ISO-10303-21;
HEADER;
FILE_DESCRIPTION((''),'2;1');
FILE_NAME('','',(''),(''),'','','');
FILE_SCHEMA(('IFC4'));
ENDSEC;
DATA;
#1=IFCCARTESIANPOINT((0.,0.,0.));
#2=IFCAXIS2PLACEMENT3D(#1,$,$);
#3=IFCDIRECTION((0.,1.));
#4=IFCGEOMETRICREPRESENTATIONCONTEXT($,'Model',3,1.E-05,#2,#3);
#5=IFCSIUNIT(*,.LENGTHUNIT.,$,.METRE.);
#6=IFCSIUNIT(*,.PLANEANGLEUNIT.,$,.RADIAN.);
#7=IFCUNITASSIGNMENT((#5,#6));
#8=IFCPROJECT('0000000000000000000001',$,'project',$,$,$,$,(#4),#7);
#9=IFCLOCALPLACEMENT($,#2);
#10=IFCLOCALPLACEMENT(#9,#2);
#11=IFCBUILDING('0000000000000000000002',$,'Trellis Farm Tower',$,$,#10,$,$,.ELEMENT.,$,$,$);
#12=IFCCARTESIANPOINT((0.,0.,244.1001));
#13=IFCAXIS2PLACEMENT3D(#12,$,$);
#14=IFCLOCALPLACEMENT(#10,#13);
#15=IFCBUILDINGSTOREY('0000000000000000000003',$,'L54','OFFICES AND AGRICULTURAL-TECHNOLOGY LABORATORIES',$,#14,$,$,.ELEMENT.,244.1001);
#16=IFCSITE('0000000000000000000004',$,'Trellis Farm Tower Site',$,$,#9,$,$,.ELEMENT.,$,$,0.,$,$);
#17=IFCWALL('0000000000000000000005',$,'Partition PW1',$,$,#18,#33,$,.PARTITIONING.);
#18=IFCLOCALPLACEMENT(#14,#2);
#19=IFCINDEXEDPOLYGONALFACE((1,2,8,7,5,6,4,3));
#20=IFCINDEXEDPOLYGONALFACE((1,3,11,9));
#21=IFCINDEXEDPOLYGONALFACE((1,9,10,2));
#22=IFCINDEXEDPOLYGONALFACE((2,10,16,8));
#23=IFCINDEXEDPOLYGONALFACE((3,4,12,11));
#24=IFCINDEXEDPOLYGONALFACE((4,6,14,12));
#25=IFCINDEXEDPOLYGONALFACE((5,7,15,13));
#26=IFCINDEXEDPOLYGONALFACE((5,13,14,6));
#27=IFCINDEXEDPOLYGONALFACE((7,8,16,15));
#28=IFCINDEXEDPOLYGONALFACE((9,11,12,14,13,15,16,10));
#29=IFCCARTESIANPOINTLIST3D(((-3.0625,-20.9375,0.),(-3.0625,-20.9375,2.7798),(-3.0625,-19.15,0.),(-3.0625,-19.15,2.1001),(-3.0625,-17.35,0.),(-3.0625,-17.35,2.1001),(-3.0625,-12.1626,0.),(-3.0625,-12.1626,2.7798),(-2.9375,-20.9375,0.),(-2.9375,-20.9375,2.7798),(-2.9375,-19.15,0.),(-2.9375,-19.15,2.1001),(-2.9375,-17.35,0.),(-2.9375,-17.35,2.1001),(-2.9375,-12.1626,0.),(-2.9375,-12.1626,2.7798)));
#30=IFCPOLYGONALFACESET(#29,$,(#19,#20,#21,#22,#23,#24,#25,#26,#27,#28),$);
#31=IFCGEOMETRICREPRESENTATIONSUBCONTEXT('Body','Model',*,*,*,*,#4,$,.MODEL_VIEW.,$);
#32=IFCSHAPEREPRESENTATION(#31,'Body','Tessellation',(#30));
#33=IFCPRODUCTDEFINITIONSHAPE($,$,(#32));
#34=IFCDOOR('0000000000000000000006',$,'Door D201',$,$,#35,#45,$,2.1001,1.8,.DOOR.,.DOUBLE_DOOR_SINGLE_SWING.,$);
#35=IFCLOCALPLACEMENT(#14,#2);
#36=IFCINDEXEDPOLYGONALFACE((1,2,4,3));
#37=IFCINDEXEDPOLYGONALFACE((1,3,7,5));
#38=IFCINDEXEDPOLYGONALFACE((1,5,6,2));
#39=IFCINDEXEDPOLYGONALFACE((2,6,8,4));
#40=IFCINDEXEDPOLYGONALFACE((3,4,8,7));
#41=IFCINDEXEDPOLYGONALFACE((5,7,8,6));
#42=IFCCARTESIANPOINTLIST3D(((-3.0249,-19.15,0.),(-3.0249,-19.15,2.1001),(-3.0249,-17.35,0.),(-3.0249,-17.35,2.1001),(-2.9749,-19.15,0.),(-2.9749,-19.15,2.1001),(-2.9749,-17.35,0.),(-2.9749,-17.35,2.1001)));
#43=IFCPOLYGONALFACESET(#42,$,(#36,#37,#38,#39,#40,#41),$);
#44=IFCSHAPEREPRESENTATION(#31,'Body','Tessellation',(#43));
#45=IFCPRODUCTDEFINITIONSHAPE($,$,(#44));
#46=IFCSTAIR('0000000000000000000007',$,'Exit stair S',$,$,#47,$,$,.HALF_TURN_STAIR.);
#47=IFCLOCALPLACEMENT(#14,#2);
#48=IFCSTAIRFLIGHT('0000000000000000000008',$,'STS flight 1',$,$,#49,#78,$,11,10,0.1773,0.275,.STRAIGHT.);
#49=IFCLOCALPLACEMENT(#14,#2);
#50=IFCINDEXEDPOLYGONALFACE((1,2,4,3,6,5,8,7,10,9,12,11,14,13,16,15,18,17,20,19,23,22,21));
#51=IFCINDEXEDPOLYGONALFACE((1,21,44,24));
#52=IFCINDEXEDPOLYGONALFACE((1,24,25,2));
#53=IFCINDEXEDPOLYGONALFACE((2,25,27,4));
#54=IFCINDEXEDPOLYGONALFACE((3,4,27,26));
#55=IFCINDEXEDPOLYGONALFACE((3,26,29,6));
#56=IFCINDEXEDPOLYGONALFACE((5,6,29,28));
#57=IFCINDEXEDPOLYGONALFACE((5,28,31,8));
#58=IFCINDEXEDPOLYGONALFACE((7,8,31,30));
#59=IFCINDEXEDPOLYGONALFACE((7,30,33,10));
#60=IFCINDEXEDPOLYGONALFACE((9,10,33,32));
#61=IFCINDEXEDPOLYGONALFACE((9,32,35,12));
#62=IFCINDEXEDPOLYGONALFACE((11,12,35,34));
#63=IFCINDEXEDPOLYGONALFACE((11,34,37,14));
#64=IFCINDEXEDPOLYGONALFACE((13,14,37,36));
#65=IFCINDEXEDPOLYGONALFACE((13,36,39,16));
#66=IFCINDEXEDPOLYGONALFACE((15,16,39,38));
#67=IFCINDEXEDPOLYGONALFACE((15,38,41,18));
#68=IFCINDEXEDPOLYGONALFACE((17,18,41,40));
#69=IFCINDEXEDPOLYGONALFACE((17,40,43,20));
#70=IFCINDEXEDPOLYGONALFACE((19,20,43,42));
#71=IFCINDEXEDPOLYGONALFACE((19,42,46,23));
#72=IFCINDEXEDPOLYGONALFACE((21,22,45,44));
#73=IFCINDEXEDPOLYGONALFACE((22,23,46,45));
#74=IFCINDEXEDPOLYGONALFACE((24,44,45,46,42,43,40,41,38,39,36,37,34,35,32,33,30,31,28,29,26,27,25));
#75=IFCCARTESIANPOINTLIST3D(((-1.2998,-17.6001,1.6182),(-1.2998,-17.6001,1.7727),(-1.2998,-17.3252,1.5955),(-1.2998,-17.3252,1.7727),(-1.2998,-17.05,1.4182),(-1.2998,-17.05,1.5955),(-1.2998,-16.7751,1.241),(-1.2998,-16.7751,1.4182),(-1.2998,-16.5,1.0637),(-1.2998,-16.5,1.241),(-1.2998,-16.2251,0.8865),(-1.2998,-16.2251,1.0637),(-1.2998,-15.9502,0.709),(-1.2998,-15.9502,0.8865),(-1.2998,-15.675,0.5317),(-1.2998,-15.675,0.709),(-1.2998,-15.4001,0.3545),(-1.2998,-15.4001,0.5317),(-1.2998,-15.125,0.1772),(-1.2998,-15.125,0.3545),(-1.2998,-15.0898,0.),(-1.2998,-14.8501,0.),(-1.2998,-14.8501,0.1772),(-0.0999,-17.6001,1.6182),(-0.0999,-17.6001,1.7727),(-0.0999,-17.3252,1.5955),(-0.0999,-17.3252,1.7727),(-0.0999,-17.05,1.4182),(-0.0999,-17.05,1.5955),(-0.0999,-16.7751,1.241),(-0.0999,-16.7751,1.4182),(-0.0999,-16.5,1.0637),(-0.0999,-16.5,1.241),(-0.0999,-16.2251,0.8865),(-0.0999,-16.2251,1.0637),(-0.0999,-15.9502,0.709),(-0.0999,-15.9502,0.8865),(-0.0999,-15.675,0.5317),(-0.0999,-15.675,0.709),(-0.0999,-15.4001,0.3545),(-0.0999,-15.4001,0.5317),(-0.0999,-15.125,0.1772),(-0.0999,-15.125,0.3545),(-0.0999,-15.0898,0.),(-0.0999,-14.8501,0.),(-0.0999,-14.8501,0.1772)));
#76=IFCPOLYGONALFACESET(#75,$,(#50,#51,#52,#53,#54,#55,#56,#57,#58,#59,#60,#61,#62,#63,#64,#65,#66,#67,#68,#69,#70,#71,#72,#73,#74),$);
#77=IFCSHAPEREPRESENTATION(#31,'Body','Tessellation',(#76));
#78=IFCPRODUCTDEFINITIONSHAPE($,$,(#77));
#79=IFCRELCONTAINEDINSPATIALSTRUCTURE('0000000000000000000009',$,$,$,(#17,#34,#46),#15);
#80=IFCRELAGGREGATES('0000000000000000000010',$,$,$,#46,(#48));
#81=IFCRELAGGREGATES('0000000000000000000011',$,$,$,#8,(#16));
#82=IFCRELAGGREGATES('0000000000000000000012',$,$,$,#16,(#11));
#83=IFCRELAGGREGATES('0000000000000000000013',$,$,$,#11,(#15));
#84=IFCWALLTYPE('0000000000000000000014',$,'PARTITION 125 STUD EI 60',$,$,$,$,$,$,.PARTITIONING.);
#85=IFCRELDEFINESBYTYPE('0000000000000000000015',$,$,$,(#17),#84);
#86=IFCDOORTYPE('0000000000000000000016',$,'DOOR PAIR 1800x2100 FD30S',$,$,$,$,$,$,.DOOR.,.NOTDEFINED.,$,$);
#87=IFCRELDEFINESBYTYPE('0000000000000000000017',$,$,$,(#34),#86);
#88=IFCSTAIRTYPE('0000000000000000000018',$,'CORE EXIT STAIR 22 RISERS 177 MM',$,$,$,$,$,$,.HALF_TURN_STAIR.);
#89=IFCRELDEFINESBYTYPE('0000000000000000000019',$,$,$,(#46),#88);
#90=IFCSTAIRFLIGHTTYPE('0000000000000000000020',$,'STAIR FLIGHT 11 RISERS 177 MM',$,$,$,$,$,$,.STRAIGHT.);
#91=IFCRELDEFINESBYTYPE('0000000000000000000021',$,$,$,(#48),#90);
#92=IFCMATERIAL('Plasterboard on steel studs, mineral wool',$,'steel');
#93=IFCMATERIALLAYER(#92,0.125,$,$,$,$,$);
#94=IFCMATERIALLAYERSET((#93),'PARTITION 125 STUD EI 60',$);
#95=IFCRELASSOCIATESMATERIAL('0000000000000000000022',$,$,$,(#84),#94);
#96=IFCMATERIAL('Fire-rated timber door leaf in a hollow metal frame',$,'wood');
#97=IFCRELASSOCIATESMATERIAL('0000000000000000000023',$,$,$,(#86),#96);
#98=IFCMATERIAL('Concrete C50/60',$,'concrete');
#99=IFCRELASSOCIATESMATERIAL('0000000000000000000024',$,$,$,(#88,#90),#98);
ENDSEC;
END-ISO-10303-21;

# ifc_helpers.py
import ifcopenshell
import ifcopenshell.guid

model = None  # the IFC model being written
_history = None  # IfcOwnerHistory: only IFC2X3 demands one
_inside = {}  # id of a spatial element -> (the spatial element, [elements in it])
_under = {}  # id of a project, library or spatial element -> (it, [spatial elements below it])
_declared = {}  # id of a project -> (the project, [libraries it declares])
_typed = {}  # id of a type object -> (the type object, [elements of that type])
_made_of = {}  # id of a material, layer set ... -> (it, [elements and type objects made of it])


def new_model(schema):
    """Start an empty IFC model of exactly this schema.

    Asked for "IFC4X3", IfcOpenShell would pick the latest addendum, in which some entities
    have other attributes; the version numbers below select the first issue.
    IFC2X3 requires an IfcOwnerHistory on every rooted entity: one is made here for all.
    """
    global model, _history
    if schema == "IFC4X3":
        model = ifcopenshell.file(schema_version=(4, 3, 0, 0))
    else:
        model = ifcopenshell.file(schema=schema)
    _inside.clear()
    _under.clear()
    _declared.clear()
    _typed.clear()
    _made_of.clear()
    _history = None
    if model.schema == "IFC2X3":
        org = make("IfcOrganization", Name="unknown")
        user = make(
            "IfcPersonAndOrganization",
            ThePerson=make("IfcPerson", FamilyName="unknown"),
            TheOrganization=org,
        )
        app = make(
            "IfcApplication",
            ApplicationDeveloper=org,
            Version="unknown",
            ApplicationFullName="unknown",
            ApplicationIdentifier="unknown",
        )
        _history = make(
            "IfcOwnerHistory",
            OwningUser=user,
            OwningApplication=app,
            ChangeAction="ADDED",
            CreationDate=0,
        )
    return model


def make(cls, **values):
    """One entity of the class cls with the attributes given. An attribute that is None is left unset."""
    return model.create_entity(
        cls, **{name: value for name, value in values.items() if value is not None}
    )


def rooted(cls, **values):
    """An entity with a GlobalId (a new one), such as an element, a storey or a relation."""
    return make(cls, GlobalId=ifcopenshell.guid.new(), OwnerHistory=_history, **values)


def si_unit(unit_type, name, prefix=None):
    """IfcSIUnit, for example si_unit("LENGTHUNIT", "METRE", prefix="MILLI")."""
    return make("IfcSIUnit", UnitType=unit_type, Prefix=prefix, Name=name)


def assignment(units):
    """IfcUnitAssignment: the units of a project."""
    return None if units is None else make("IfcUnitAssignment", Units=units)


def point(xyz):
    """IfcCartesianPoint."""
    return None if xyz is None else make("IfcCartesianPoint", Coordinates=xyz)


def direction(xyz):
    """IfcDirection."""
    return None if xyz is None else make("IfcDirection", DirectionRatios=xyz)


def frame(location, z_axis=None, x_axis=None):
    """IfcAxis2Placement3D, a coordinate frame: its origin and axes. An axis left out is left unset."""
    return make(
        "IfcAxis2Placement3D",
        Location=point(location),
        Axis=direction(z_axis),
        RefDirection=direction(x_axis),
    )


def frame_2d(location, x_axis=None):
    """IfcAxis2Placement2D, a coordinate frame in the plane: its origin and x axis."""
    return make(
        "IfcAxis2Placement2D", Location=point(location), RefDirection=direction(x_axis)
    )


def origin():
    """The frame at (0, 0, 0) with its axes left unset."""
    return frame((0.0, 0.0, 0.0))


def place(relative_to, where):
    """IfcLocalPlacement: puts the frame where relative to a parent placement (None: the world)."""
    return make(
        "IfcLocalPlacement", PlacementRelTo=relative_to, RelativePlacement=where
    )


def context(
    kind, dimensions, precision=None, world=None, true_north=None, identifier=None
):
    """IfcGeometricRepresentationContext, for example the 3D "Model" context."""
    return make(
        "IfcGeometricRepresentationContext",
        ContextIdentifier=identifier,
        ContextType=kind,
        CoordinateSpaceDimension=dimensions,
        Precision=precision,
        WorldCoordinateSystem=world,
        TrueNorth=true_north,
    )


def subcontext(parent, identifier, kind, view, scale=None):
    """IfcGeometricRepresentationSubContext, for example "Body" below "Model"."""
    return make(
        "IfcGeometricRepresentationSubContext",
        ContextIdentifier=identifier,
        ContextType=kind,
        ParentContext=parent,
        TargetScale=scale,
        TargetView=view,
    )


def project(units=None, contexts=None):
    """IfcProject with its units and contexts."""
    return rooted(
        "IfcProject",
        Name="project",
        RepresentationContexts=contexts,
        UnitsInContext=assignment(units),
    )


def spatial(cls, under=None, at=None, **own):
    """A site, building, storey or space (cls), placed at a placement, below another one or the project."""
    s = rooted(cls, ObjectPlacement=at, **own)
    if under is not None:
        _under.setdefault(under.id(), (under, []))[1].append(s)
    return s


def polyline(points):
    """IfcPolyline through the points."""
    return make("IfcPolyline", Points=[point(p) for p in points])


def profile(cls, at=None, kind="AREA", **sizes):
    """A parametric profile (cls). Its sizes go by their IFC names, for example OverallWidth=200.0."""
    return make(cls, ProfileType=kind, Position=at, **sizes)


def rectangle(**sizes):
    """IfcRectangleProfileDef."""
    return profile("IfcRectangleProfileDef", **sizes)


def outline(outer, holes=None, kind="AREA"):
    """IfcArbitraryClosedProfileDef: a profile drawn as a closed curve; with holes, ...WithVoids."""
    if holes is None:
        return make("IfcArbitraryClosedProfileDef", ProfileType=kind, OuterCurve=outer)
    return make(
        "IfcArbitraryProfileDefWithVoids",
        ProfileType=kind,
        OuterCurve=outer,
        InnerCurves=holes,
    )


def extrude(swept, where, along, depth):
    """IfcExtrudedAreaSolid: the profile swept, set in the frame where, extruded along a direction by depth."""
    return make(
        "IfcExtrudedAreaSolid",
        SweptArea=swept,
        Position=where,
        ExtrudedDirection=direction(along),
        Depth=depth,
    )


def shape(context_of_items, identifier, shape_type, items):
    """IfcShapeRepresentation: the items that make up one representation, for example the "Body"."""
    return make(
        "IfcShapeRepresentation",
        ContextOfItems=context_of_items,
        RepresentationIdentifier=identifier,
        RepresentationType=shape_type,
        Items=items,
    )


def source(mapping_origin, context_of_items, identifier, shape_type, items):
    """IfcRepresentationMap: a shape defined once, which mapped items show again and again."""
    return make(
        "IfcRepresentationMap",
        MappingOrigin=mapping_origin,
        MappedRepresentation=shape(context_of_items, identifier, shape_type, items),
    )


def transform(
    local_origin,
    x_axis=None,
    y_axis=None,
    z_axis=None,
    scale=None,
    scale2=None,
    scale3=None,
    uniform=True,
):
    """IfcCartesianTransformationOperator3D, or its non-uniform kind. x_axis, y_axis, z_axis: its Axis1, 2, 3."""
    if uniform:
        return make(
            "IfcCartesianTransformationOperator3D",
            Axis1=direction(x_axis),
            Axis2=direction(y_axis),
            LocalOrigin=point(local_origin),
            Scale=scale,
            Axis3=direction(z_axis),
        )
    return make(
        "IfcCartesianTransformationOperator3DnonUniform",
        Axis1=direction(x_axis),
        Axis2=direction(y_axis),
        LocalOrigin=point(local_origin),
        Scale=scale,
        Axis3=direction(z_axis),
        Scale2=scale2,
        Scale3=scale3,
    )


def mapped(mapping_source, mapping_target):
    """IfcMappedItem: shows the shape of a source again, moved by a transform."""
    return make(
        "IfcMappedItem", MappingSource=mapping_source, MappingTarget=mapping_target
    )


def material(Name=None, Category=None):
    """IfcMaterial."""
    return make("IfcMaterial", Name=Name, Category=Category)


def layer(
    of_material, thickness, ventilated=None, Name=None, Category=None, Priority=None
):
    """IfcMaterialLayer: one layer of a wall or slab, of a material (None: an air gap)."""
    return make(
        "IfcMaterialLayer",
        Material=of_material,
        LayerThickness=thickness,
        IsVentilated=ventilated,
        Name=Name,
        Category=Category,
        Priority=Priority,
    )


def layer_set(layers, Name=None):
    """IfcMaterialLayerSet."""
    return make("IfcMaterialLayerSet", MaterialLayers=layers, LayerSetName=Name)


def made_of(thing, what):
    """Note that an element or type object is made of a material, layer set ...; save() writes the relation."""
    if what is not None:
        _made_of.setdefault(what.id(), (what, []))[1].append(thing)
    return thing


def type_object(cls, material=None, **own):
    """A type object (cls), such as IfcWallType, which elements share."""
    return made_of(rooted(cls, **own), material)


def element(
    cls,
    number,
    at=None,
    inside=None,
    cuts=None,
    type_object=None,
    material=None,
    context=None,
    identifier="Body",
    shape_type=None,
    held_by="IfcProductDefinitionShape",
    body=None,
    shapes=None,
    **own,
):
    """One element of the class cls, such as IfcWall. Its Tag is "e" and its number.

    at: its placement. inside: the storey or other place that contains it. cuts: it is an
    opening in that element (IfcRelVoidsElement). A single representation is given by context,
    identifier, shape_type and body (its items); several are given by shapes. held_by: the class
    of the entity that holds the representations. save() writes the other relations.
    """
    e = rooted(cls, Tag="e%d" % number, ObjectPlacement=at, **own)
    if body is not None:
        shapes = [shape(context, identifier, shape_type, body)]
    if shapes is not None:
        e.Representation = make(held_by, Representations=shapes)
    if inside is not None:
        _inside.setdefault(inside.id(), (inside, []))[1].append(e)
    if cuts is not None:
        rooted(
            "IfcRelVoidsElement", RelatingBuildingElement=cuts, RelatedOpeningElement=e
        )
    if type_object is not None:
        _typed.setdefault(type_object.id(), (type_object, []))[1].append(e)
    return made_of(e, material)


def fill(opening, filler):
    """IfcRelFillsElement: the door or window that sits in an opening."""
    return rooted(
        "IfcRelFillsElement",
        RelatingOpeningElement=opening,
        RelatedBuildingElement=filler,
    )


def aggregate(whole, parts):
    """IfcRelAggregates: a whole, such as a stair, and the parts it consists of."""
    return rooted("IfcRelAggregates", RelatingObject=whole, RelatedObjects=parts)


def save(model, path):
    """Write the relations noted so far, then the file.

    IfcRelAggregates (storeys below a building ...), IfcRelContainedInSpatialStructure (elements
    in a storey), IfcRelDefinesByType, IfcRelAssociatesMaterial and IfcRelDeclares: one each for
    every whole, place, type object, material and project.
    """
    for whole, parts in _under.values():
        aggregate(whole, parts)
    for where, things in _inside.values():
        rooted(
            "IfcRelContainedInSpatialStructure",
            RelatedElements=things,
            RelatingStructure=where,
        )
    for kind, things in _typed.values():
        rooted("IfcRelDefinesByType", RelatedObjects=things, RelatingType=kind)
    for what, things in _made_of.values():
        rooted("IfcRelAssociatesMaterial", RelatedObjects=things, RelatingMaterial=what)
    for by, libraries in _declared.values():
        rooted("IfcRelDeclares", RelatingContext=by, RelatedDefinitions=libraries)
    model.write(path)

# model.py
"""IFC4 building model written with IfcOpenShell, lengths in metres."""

from ifc_helpers import new_model, si_unit, direction, frame, frame_2d, origin, place, context, subcontext, project, spatial, polyline, rectangle, outline, extrude, source, transform, mapped, material, layer, layer_set, type_object, element, fill, aggregate, save


model = new_model("IFC4")

# Units and contexts
model_context = context("Model", 3, precision=1e-05, world=origin(), true_north=direction((0.0, 1.0)))
body_context = subcontext(model_context, "Body", "Model", "MODEL_VIEW")
ifc_project = project(units=[si_unit("LENGTHUNIT", "METRE"), si_unit("PLANEANGLEUNIT", "RADIAN")], contexts=[model_context])

# Site, building, storey
site_placement = place(None, origin())
site = spatial("IfcSite", under=ifc_project, at=site_placement, Name="Trellis Farm Tower Site", CompositionType="ELEMENT", RefElevation=0.0)
building_placement = place(site_placement, origin())
building = spatial("IfcBuilding", under=site, at=building_placement, Name="Trellis Farm Tower", CompositionType="ELEMENT")
storey_placement = place(building_placement, frame((0.0, 0.0, 244.1001)))
storey = spatial("IfcBuildingStorey", under=building, at=storey_placement, Name="L54", Description="OFFICES AND AGRICULTURAL-TECHNOLOGY LABORATORIES", CompositionType="ELEMENT", Elevation=244.1001)

# Shared definitions
placement = place(storey_placement, origin())

# Shared definitions
ifc_material_1 = material(Name="Plasterboard on steel studs, mineral wool", Category="steel")
ifc_layer_1 = layer(ifc_material_1, 0.125)
ifc_layer_set_1 = layer_set([ifc_layer_1], Name="PARTITION 125 STUD EI 60")
wall_type_1 = type_object("IfcWallType", Name="PARTITION 125 STUD EI 60", PredefinedType="PARTITIONING", material=ifc_layer_set_1)

# Wall, opening, door
shared_shape_1 = source(origin(), body_context, "Body", "SweptSolid", [
    extrude(rectangle(XDim=8.7749, YDim=0.125, at=frame_2d((4.3875, 0.0))), origin(), (0.0, 0.0, 1.0), 2.7798),
])
wall_1_placement = place(storey_placement, frame((-3.0, -20.9375, 0.0), z_axis=(0.0, 0.0, 1.0), x_axis=(0.0, 1.0, 0.0)))
wall_1 = element("IfcWall", 1, at=wall_1_placement, inside=storey, type_object=wall_type_1, Name="Partition PW1", PredefinedType="PARTITIONING", context=body_context, shape_type="MappedRepresentation", body=[
    mapped(shared_shape_1, transform((0.0, 0.0, 0.0))),
])
shared_shape_2 = source(origin(), body_context, "Body", "SweptSolid", [
    extrude(rectangle(XDim=1.8, YDim=2.1001, at=frame_2d((0.8999, 1.05))), frame((0.0, 0.0725, 0.0), z_axis=(0.0, -1.0, 0.0), x_axis=(1.0, 0.0, 0.0)), (0.0, 0.0, 1.0), 0.145),
])
opening_1_placement = place(wall_1_placement, frame((1.7876, 0.0, 0.0)))
opening_1 = element("IfcOpeningElement", 2, at=opening_1_placement, cuts=wall_1, PredefinedType="OPENING", context=body_context, shape_type="MappedRepresentation", body=[
    mapped(shared_shape_2, transform((0.0, 0.0, 0.0))),
])
ifc_material_2 = material(Name="Fire-rated timber door leaf in a hollow metal frame", Category="wood")
door_type_1 = type_object("IfcDoorType", Name="DOOR PAIR 1800x2100 FD30S", OperationType="NOTDEFINED", PredefinedType="DOOR", material=ifc_material_2)
shared_shape_3 = source(origin(), body_context, "Body", "SweptSolid", [
    extrude(rectangle(XDim=1.8, YDim=2.1001, at=frame_2d((0.8999, 1.05))), frame((0.0, 0.0249, 0.0), z_axis=(0.0, -1.0, 0.0), x_axis=(1.0, 0.0, 0.0)), (0.0, 0.0, 1.0), 0.05),
])
door_1_placement = place(opening_1_placement, origin())
door_1 = element("IfcDoor", 3, at=door_1_placement, inside=storey, type_object=door_type_1, Name="Door D201", OperationType="DOUBLE_DOOR_SINGLE_SWING", OverallHeight=2.1001, OverallWidth=1.8, PredefinedType="DOOR", context=body_context, shape_type="MappedRepresentation", body=[
    mapped(shared_shape_3, transform((0.0, 0.0, 0.0))),
])
fill(opening_1, door_1)

# Stair, stair flight
ifc_material_3 = material(Name="Concrete C50/60", Category="concrete")
stair_type = type_object("IfcStairType", Name="CORE EXIT STAIR 22 RISERS 177 MM", PredefinedType="HALF_TURN_STAIR", material=ifc_material_3)
stair = element("IfcStair", 4, at=placement, inside=storey, type_object=stair_type, Name="Exit stair S", PredefinedType="HALF_TURN_STAIR")
stair_flight_type = type_object("IfcStairFlightType", Name="STAIR FLIGHT 11 RISERS 177 MM", PredefinedType="STRAIGHT", material=ifc_material_3)
shared_shape_4 = source(origin(), body_context, "Body", "SweptSolid", [
    extrude(outline(polyline([(0.0, 0.0), (0.0, 0.1772), (0.2749, 0.1772), (0.2749, 0.3545), (0.55, 0.3545), (0.55, 0.5317), (0.825, 0.5317), (0.825, 0.709), (1.1001, 0.709), (1.1001, 0.8865), (1.375, 0.8865), (1.375, 1.0637), (1.6499, 1.0637), (1.6499, 1.241), (1.925, 1.241), (1.925, 1.4182), (2.2, 1.4182), (2.2, 1.5955), (2.4751, 1.5955), (2.4751, 1.7727), (2.75, 1.7727), (2.75, 1.95), (2.75, 1.6182), (0.2397, 0.0), (0.0, 0.0)])), frame((0.0, 0.6001, 0.0), z_axis=(0.0, -1.0, 0.0), x_axis=(1.0, 0.0, 0.0)), (0.0, 0.0, 1.0), 1.2),
])
stair_flight_placement = place(storey_placement, frame((-0.7, -14.8501, 0.0), z_axis=(0.0, 0.0, 1.0), x_axis=(0.0, -1.0, 0.0)))
stair_flight = element("IfcStairFlight", 5, at=stair_flight_placement, type_object=stair_flight_type, Name="STS flight 1", NumberOfRisers=11, NumberOfTreads=10, PredefinedType="STRAIGHT", RiserHeight=0.1773, TreadLength=0.275, context=body_context, shape_type="MappedRepresentation", body=[
    mapped(shared_shape_4, transform((0.0, 0.0, 0.0))),
])
aggregate(stair, [stair_flight])

save(model, "model.ifc")
